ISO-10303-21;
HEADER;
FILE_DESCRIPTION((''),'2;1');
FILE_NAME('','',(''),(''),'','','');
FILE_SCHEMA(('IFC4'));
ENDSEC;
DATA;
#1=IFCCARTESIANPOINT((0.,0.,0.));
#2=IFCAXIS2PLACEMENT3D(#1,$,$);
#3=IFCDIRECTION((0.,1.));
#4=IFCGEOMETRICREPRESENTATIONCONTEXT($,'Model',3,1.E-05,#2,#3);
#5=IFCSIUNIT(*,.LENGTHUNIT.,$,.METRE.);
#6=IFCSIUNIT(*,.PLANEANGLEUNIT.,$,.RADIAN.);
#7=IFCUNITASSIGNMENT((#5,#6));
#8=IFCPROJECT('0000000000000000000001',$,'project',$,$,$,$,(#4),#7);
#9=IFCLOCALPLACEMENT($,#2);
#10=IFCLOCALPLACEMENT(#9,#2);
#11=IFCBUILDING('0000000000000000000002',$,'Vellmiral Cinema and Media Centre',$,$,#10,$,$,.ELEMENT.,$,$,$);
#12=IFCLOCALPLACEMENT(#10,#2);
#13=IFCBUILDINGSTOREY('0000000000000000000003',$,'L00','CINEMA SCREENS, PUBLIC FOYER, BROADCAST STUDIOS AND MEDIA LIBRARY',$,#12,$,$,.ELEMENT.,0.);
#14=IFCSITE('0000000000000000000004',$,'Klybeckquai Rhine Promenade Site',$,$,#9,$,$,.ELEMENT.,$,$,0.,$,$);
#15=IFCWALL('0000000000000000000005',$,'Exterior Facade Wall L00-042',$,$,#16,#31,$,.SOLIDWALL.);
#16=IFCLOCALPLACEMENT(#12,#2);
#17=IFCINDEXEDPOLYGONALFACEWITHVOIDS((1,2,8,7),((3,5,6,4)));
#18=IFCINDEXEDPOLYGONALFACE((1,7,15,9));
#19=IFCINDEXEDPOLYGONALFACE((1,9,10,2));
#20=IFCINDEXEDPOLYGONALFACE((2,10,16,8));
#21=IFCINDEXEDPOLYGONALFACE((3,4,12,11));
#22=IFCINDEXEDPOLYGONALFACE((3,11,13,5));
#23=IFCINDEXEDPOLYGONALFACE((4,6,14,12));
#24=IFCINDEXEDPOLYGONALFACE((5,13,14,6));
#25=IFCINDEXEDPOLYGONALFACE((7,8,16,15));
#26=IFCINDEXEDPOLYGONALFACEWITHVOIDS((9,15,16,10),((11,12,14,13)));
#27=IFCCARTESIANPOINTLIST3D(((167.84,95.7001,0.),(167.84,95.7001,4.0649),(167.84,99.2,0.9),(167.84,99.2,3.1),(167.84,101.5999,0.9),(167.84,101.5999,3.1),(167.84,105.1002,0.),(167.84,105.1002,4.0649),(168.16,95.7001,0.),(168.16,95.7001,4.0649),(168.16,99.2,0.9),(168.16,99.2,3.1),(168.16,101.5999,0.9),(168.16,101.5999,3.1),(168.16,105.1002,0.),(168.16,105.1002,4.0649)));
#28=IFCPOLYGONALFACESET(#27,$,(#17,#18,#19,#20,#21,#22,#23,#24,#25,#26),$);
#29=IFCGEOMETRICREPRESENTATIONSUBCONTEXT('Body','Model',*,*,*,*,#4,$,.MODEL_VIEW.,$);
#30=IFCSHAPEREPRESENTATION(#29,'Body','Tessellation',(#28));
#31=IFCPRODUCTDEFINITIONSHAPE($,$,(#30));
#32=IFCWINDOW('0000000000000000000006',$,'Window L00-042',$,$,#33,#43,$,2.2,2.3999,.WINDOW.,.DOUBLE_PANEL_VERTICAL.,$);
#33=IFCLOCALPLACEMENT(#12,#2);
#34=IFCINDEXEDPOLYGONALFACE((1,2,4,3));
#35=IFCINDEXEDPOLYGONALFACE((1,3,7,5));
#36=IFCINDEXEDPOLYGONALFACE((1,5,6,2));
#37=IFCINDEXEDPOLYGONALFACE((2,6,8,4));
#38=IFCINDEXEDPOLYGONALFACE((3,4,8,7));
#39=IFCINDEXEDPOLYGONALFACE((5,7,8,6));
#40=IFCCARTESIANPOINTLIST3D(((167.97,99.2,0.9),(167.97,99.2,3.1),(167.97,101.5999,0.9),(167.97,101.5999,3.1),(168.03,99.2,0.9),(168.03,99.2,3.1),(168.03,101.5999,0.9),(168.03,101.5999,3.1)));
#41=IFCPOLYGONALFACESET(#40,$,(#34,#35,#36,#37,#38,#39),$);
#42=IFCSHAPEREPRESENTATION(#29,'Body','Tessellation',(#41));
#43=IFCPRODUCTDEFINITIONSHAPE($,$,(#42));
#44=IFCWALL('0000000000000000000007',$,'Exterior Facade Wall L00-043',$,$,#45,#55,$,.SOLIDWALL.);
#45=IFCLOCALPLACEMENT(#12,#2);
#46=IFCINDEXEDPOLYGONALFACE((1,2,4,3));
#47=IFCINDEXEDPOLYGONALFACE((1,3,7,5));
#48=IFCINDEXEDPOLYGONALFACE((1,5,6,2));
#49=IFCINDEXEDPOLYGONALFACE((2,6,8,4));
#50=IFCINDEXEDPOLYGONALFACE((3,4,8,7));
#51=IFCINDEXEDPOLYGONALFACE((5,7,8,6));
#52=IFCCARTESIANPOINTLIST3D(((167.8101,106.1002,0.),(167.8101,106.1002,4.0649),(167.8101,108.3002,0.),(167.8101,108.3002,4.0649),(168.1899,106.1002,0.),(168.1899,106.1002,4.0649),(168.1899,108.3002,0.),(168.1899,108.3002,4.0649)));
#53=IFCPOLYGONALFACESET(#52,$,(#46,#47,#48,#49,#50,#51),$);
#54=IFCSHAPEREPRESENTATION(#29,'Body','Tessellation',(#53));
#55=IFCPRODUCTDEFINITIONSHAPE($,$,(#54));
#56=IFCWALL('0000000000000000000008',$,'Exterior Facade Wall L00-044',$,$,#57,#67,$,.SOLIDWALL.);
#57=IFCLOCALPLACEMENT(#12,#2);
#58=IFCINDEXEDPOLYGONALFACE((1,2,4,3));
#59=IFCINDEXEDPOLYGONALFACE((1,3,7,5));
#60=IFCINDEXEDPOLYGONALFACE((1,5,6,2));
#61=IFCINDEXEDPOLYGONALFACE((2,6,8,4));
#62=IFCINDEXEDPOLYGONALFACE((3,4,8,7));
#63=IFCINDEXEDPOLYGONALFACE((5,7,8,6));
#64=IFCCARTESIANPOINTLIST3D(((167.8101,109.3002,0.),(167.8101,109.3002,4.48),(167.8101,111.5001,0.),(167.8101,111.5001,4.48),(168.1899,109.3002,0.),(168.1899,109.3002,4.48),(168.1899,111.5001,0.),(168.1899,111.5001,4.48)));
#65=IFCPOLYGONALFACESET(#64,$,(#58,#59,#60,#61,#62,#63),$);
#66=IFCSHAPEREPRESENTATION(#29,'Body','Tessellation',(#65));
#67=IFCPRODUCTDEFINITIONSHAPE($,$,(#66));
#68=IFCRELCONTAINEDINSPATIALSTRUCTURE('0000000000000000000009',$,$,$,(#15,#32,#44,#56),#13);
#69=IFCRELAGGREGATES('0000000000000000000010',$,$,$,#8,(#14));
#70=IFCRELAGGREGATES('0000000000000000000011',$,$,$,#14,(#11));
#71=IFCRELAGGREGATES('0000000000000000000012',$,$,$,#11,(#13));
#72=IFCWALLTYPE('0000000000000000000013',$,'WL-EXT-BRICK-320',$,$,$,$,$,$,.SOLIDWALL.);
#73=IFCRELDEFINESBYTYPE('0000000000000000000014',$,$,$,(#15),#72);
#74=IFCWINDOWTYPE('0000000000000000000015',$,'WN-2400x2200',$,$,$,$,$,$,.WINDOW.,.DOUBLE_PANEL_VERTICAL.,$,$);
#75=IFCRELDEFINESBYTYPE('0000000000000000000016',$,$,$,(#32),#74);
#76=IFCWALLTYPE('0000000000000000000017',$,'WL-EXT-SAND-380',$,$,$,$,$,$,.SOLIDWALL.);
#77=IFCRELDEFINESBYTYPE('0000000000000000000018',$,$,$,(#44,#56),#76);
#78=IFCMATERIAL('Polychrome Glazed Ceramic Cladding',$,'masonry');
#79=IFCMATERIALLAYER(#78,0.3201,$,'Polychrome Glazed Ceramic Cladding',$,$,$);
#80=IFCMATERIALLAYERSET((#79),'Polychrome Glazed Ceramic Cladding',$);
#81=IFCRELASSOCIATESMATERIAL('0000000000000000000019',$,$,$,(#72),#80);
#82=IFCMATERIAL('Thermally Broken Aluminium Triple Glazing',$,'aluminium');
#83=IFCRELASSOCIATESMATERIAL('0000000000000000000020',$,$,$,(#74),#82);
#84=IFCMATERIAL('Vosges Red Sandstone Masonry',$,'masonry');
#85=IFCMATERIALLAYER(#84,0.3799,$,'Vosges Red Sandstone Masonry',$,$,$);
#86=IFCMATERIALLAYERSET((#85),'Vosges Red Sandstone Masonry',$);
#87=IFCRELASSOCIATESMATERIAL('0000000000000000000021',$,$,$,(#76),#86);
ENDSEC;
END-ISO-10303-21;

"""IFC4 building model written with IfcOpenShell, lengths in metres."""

from ifc_helpers import new_model, si_unit, direction, frame, frame_2d, origin, place, context, subcontext, project, spatial, rectangle, extrude, material, layer, layer_set, type_object, element, fill, save


model = new_model("IFC4")

# Units and contexts
model_context = context("Model", 3, precision=1e-05, world=origin(), true_north=direction((0.0, 1.0)))
body_context = subcontext(model_context, "Body", "Model", "MODEL_VIEW")
ifc_project = project(units=[si_unit("LENGTHUNIT", "METRE"), si_unit("PLANEANGLEUNIT", "RADIAN")], contexts=[model_context])

# Site, building, storey
site_placement = place(None, origin())
site = spatial("IfcSite", under=ifc_project, at=site_placement, Name="Klybeckquai Rhine Promenade Site", CompositionType="ELEMENT", RefElevation=0.0)
building_placement = place(site_placement, origin())
building = spatial("IfcBuilding", under=site, at=building_placement, Name="Vellmiral Cinema and Media Centre", CompositionType="ELEMENT")
storey_placement = place(building_placement, origin())
storey = spatial("IfcBuildingStorey", under=building, at=storey_placement, Name="L00", Description="CINEMA SCREENS, PUBLIC FOYER, BROADCAST STUDIOS AND MEDIA LIBRARY", CompositionType="ELEMENT", Elevation=0.0)

# Wall, opening, window
ifc_material_1 = material(Name="Polychrome Glazed Ceramic Cladding", Category="masonry")
ifc_layer_1 = layer(ifc_material_1, 0.3201, Name="Polychrome Glazed Ceramic Cladding")
ifc_layer_set_1 = layer_set([ifc_layer_1], Name="Polychrome Glazed Ceramic Cladding")
wall_type_1 = type_object("IfcWallType", Name="WL-EXT-BRICK-320", PredefinedType="SOLIDWALL", material=ifc_layer_set_1)
wall_1_placement = place(storey_placement, frame((168.0, 95.7, 0.0), z_axis=(0.0, 0.0, 1.0), x_axis=(0.0, 1.0, 0.0)))
wall_1 = element("IfcWall", 1, at=wall_1_placement, inside=storey, type_object=wall_type_1, Name="Exterior Facade Wall L00-042", PredefinedType="SOLIDWALL", context=body_context, shape_type="SweptSolid", body=[
    extrude(rectangle(XDim=9.4001, YDim=0.3201, at=frame_2d((4.7002, 0.0))), origin(), (0.0, 0.0, 1.0), 4.0649),
])
opening_placement = place(wall_1_placement, frame((3.5, 0.0, 0.8999)))
opening = element("IfcOpeningElement", 2, at=opening_placement, cuts=wall_1, PredefinedType="OPENING", context=body_context, shape_type="SweptSolid", body=[
    extrude(rectangle(XDim=2.3999, YDim=2.2, at=frame_2d((1.2, 1.1001))), frame((0.0, 0.1719, 0.0), z_axis=(0.0, -1.0, 0.0), x_axis=(1.0, 0.0, 0.0)), (0.0, 0.0, 1.0), 0.344),
])
ifc_material_2 = material(Name="Thermally Broken Aluminium Triple Glazing", Category="aluminium")
window_type = type_object("IfcWindowType", Name="WN-2400x2200", PartitioningType="DOUBLE_PANEL_VERTICAL", PredefinedType="WINDOW", material=ifc_material_2)
window_placement = place(opening_placement, origin())
window = element("IfcWindow", 3, at=window_placement, inside=storey, type_object=window_type, Name="Window L00-042", OverallHeight=2.2, OverallWidth=2.3999, PartitioningType="DOUBLE_PANEL_VERTICAL", PredefinedType="WINDOW", context=body_context, shape_type="SweptSolid", body=[
    extrude(rectangle(XDim=2.3999, YDim=2.2, at=frame_2d((1.2, 1.1001))), frame((0.0, 0.03, 0.0), z_axis=(0.0, -1.0, 0.0), x_axis=(1.0, 0.0, 0.0)), (0.0, 0.0, 1.0), 0.0601),
])
fill(opening, window)

# Walls
ifc_material_3 = material(Name="Vosges Red Sandstone Masonry", Category="masonry")
ifc_layer_2 = layer(ifc_material_3, 0.3799, Name="Vosges Red Sandstone Masonry")
ifc_layer_set_2 = layer_set([ifc_layer_2], Name="Vosges Red Sandstone Masonry")
wall_type_2 = type_object("IfcWallType", Name="WL-EXT-SAND-380", PredefinedType="SOLIDWALL", material=ifc_layer_set_2)
wall_2_placement = place(storey_placement, frame((168.0, 106.1001, 0.0), z_axis=(0.0, 0.0, 1.0), x_axis=(0.0, 1.0, 0.0)))
element("IfcWall", 4, at=wall_2_placement, inside=storey, type_object=wall_type_2, Name="Exterior Facade Wall L00-043", PredefinedType="SOLIDWALL", context=body_context, shape_type="SweptSolid", body=[
    extrude(rectangle(XDim=2.2, YDim=0.3799, at=frame_2d((1.1001, 0.0))), origin(), (0.0, 0.0, 1.0), 4.0649),
])
wall_3_placement = place(storey_placement, frame((168.0, 109.3, 0.0), z_axis=(0.0, 0.0, 1.0), x_axis=(0.0, 1.0, 0.0)))
element("IfcWall", 5, at=wall_3_placement, inside=storey, type_object=wall_type_2, Name="Exterior Facade Wall L00-044", PredefinedType="SOLIDWALL", context=body_context, shape_type="SweptSolid", body=[
    extrude(rectangle(XDim=2.2, YDim=0.3799, at=frame_2d((1.1001, 0.0))), origin(), (0.0, 0.0, 1.0), 4.48),
])

save(model, "model.ifc")
